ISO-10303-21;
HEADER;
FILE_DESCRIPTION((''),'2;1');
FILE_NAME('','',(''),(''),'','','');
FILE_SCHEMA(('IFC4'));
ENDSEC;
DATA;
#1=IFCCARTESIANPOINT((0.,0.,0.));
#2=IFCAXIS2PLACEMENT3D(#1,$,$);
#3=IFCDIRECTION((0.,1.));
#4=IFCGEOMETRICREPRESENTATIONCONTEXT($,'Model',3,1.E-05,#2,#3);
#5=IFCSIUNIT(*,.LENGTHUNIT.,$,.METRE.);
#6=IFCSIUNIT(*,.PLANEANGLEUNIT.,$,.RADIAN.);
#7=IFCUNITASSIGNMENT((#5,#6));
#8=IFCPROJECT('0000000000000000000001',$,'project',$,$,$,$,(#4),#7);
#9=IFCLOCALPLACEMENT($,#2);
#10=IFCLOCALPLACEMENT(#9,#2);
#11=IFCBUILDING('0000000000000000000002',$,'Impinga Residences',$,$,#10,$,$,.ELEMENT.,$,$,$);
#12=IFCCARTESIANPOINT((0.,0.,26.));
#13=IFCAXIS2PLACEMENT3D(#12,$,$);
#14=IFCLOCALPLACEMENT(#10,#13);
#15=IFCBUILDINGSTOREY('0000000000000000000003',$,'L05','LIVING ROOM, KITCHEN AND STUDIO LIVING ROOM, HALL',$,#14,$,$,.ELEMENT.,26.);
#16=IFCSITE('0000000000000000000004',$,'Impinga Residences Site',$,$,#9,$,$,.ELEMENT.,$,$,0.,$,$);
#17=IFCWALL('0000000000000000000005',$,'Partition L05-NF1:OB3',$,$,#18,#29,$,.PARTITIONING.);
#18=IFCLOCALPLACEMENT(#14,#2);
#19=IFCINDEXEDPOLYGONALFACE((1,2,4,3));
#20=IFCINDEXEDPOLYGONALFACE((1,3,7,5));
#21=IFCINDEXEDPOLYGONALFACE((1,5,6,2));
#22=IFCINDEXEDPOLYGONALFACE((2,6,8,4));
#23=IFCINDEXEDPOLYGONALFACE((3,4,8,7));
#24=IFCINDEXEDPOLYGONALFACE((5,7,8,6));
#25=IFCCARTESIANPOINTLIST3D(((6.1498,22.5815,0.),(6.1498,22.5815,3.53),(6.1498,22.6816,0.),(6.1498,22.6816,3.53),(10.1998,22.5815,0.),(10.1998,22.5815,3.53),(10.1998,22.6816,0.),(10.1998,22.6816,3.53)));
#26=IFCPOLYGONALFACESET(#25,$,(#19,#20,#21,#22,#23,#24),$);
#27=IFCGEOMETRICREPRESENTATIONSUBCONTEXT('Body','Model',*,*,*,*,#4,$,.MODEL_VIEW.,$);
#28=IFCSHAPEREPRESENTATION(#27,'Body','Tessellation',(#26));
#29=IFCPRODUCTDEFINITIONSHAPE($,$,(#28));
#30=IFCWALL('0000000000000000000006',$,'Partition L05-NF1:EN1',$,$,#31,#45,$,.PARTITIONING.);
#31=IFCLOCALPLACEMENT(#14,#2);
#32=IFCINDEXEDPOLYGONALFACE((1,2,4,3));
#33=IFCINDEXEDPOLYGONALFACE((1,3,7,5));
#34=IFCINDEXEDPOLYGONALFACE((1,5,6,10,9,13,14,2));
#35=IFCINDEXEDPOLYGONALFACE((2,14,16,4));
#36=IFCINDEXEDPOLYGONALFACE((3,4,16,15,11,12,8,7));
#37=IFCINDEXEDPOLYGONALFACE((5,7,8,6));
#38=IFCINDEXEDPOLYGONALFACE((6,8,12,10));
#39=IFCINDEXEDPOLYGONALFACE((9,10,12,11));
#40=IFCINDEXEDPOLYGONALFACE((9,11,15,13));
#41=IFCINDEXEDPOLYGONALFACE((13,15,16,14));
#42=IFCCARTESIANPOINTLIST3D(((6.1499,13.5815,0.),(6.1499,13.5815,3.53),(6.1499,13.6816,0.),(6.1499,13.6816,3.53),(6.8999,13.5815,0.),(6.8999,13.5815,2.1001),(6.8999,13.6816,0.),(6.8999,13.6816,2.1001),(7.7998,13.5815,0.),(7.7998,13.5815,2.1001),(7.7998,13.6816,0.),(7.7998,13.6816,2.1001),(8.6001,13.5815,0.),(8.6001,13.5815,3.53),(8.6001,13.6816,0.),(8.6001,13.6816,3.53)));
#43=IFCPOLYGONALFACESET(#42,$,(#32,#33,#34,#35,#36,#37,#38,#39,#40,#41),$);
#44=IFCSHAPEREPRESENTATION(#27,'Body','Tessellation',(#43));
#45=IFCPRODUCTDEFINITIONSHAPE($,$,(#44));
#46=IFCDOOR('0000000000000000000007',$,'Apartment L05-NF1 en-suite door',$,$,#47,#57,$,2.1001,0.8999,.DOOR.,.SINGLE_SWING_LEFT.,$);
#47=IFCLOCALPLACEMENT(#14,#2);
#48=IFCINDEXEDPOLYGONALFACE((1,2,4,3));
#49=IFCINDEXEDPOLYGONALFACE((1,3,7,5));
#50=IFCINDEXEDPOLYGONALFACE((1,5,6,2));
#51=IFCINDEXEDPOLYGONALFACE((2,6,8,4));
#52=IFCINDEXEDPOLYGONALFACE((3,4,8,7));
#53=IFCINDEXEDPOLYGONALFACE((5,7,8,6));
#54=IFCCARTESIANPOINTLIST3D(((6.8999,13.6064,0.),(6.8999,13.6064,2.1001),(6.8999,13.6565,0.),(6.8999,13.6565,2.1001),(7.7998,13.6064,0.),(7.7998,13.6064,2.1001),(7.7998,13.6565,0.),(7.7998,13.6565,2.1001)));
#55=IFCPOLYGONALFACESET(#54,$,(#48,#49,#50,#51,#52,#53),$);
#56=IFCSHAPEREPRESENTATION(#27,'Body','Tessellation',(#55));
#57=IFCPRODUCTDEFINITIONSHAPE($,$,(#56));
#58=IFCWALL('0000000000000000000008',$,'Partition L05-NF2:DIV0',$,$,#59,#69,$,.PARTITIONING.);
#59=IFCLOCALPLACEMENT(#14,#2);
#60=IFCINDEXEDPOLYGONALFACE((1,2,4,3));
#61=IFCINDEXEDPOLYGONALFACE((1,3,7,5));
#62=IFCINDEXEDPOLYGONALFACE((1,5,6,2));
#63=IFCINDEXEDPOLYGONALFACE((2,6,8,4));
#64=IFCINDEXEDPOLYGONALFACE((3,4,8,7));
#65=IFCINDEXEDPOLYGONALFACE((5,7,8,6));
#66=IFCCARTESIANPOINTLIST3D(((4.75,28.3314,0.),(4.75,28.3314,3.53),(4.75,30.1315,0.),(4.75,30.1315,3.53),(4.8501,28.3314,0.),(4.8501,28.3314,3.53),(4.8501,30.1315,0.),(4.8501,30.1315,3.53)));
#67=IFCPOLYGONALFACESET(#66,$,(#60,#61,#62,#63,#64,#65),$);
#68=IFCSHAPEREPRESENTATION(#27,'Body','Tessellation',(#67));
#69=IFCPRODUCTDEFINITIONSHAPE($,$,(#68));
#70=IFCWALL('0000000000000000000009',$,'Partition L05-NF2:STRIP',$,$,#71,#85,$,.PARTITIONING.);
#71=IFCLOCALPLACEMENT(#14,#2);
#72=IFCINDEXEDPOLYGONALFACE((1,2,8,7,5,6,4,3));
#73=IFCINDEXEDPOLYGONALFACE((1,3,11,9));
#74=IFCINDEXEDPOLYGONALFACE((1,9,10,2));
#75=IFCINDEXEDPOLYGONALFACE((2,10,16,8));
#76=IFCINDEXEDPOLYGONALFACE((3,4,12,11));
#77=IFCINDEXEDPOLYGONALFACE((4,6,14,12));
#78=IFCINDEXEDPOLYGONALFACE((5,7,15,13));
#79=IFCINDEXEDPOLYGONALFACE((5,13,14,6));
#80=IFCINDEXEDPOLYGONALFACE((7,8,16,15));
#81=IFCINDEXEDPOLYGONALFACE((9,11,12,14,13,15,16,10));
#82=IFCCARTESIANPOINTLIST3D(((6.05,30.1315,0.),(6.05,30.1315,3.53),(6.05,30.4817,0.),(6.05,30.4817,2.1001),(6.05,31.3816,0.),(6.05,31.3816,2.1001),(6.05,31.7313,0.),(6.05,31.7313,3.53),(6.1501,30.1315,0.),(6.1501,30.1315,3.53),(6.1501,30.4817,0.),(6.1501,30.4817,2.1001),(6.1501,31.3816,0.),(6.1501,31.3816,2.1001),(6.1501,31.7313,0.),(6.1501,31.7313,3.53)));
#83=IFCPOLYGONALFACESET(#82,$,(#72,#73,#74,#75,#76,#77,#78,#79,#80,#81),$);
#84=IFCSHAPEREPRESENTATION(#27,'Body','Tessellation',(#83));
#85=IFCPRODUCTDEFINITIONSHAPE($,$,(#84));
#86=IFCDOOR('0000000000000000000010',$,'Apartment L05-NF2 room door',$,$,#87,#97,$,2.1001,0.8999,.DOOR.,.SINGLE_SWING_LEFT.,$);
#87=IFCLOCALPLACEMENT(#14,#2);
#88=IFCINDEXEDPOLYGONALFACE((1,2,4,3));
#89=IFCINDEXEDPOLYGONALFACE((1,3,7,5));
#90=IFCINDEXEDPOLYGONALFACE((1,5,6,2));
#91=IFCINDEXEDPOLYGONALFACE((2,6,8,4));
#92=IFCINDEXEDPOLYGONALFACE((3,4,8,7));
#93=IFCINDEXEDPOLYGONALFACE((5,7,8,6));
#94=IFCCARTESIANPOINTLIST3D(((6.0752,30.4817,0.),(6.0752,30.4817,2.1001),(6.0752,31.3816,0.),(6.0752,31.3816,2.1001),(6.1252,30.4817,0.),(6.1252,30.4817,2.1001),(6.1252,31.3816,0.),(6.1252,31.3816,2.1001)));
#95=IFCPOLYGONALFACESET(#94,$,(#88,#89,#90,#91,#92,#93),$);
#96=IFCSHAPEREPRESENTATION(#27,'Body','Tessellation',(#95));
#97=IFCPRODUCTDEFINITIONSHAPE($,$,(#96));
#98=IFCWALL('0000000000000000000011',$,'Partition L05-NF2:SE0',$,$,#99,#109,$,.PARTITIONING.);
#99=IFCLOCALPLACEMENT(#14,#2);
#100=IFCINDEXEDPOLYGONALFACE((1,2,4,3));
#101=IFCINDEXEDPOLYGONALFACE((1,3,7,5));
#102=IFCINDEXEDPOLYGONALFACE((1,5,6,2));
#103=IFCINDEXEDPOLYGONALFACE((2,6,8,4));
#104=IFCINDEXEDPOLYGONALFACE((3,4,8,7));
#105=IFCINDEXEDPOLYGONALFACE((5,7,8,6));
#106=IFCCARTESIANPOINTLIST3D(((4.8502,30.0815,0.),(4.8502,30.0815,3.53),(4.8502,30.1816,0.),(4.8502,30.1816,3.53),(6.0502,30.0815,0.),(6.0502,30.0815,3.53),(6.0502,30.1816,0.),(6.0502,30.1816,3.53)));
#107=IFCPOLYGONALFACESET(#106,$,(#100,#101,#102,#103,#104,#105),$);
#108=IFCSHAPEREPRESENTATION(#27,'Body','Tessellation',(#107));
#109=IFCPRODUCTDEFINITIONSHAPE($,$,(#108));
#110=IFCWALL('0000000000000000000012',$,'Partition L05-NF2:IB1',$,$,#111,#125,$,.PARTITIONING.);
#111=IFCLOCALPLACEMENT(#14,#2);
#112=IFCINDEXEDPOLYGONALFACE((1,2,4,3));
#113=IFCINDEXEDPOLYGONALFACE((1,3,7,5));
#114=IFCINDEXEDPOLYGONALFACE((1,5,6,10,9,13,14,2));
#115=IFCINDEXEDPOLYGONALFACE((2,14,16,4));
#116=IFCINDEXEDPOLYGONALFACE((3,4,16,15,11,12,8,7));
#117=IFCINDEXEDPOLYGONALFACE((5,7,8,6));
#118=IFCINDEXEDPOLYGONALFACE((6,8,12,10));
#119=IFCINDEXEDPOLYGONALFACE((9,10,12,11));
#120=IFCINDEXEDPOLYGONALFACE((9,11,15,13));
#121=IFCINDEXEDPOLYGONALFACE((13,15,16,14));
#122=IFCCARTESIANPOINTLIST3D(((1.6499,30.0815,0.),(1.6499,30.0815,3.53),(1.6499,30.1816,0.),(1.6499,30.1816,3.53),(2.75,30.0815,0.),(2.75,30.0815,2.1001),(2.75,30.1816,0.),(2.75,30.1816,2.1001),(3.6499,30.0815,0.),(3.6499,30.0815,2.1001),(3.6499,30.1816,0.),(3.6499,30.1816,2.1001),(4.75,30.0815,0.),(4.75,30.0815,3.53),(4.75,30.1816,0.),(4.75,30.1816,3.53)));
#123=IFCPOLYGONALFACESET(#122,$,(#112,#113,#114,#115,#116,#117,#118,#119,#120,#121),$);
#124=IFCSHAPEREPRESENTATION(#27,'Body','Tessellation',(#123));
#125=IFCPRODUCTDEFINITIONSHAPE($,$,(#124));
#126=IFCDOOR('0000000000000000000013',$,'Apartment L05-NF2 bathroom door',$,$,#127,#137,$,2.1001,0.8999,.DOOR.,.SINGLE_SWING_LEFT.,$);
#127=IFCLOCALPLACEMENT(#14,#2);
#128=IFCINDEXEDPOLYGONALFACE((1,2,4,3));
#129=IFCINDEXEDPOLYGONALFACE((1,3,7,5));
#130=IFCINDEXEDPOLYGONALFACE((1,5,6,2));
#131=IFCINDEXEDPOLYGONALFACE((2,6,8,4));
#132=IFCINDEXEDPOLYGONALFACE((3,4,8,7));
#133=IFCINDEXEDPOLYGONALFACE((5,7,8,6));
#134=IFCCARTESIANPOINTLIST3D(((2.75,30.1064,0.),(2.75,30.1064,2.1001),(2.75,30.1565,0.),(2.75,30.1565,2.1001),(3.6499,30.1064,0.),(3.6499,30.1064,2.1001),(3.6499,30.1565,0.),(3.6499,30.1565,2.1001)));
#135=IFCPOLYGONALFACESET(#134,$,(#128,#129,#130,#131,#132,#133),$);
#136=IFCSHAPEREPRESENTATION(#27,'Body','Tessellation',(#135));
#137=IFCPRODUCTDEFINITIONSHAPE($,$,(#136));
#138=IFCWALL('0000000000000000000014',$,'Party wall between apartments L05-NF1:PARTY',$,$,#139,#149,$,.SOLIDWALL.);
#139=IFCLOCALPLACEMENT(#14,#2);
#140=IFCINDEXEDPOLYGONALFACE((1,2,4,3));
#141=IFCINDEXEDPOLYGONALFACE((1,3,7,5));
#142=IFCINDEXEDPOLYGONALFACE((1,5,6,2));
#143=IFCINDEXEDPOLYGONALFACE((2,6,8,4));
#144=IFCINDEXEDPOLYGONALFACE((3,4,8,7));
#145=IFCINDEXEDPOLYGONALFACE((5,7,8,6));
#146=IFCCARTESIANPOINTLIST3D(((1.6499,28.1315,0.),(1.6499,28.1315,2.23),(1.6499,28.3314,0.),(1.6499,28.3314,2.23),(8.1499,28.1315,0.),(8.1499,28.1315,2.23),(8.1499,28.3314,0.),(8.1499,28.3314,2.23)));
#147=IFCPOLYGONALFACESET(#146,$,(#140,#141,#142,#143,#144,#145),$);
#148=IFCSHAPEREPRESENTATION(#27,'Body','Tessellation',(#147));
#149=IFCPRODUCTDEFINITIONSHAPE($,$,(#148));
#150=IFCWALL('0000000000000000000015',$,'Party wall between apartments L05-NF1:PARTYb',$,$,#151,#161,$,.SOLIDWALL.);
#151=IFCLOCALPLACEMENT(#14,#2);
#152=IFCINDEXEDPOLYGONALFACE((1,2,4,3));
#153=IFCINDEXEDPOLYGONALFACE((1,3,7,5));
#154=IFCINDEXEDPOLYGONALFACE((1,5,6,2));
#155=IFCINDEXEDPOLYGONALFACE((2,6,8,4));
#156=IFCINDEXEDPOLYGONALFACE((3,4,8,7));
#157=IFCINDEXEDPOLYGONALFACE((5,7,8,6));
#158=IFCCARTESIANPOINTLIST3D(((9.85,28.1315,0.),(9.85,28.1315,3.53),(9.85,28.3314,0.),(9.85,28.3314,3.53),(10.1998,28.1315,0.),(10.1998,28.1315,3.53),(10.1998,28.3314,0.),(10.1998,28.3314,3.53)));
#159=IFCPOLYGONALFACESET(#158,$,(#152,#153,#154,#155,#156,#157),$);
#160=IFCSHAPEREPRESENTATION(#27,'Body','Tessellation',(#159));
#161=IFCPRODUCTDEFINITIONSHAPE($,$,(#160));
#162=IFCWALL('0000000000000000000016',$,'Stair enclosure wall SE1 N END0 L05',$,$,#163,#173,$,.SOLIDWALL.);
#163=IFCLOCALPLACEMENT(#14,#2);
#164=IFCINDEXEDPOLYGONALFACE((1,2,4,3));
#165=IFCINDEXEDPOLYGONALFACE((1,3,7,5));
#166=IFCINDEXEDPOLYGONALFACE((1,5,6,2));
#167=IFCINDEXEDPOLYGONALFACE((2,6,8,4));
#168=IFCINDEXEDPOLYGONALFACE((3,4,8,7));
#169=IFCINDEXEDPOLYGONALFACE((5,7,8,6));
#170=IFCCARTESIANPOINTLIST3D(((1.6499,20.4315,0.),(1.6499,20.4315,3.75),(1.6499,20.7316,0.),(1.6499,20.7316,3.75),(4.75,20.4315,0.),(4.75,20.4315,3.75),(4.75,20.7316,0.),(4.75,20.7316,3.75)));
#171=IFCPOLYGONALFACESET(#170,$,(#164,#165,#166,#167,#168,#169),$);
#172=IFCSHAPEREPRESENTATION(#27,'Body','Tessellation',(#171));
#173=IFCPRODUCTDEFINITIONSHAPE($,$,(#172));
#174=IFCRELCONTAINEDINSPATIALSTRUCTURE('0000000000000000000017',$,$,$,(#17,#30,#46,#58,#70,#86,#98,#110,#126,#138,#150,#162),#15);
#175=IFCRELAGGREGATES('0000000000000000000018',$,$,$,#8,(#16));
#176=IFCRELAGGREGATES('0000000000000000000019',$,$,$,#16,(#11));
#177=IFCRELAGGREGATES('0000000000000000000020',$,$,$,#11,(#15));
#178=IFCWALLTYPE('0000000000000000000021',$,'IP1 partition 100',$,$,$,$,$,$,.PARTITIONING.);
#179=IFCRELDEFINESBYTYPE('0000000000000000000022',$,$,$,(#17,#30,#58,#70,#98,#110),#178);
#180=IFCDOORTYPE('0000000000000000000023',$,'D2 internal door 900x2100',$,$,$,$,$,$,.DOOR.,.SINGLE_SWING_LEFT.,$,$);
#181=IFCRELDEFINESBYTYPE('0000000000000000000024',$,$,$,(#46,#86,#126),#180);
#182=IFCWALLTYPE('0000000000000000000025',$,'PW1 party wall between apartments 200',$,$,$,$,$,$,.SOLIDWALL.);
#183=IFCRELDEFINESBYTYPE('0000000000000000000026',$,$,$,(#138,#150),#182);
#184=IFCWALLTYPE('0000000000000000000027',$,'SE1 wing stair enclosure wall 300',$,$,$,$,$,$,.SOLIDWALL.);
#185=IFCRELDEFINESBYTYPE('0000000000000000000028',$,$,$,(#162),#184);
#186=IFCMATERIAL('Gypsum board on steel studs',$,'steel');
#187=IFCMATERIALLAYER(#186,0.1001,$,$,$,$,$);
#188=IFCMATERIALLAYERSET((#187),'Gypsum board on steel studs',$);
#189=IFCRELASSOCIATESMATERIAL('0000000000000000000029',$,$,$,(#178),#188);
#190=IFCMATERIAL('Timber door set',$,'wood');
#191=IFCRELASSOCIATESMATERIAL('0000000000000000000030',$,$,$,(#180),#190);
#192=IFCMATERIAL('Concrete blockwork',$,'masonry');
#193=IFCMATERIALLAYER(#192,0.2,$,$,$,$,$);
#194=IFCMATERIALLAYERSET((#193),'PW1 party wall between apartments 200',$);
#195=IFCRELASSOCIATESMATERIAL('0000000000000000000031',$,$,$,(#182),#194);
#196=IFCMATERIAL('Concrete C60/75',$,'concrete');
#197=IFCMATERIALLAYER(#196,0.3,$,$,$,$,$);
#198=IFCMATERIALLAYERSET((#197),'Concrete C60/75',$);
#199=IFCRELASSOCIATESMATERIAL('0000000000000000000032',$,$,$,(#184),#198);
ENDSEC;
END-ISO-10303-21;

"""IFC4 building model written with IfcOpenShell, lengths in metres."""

from ifc_helpers import new_model, si_unit, direction, frame, frame_2d, origin, place, context, subcontext, project, spatial, rectangle, extrude, material, layer, layer_set, type_object, element, fill, save


model = new_model("IFC4")

# Units and contexts
model_context = context("Model", 3, precision=1e-05, world=origin(), true_north=direction((0.0, 1.0)))
body_context = subcontext(model_context, "Body", "Model", "MODEL_VIEW")
ifc_project = project(units=[si_unit("LENGTHUNIT", "METRE"), si_unit("PLANEANGLEUNIT", "RADIAN")], contexts=[model_context])

# Site, building, storey
site_placement = place(None, origin())
site = spatial("IfcSite", under=ifc_project, at=site_placement, Name="Impinga Residences Site", CompositionType="ELEMENT", RefElevation=0.0)
building_placement = place(site_placement, origin())
building = spatial("IfcBuilding", under=site, at=building_placement, Name="Impinga Residences", CompositionType="ELEMENT")
storey_placement = place(building_placement, frame((0.0, 0.0, 26.0)))
storey = spatial("IfcBuildingStorey", under=building, at=storey_placement, Name="L05", Description="LIVING ROOM, KITCHEN AND STUDIO LIVING ROOM, HALL", CompositionType="ELEMENT", Elevation=26.0)

# Shared definitions
ifc_material_1 = material(Name="Concrete C60/75", Category="concrete")

# Shared definitions
ifc_material_2 = material(Name="Gypsum board on steel studs", Category="steel")
ifc_layer_1 = layer(ifc_material_2, 0.1001)
ifc_layer_set_1 = layer_set([ifc_layer_1], Name="Gypsum board on steel studs")
wall_type_1 = type_object("IfcWallType", Name="IP1 partition 100", PredefinedType="PARTITIONING", material=ifc_layer_set_1)

# Shared definitions
ifc_material_3 = material(Name="Timber door set", Category="wood")
door_type = type_object("IfcDoorType", Name="D2 internal door 900x2100", OperationType="SINGLE_SWING_LEFT", PredefinedType="DOOR", material=ifc_material_3)

# Wall
wall_1_placement = place(storey_placement, frame((6.1499, 22.6316, 0.0), z_axis=(0.0, 0.0, 1.0), x_axis=(1.0, 0.0, 0.0)))
element("IfcWall", 1, at=wall_1_placement, inside=storey, type_object=wall_type_1, Name="Partition L05-NF1:OB3", PredefinedType="PARTITIONING", context=body_context, shape_type="SweptSolid", body=[
    extrude(rectangle(XDim=4.05, YDim=0.1001, at=frame_2d((2.0249, 0.0))), origin(), (0.0, 0.0, 1.0), 3.53),
])

# Wall, opening, door
wall_2_placement = place(storey_placement, frame((6.1499, 13.6316, 0.0), z_axis=(0.0, 0.0, 1.0), x_axis=(1.0, 0.0, 0.0)))
wall_2 = element("IfcWall", 2, at=wall_2_placement, inside=storey, type_object=wall_type_1, Name="Partition L05-NF1:EN1", PredefinedType="PARTITIONING", context=body_context, shape_type="SweptSolid", body=[
    extrude(rectangle(XDim=2.4502, YDim=0.1001, at=frame_2d((1.2251, 0.0))), origin(), (0.0, 0.0, 1.0), 3.53),
])
opening_1_placement = place(wall_2_placement, frame((0.75, 0.0, 0.0)))
opening_1 = element("IfcOpeningElement", 3, at=opening_1_placement, cuts=wall_2, PredefinedType="OPENING", context=body_context, shape_type="SweptSolid", body=[
    extrude(rectangle(XDim=0.8999, YDim=2.1001, at=frame_2d((0.45, 1.05))), frame((0.0, 0.0601, 0.0), z_axis=(0.0, -1.0, 0.0), x_axis=(1.0, 0.0, 0.0)), (0.0, 0.0, 1.0), 0.1201),
])
door_1_placement = place(opening_1_placement, origin())
door_1 = element("IfcDoor", 4, at=door_1_placement, inside=storey, type_object=door_type, Name="Apartment L05-NF1 en-suite door", OperationType="SINGLE_SWING_LEFT", OverallHeight=2.1001, OverallWidth=0.8999, PredefinedType="DOOR", context=body_context, shape_type="SweptSolid", body=[
    extrude(rectangle(XDim=0.8999, YDim=2.1001, at=frame_2d((0.45, 1.05))), frame((0.0, 0.0249, 0.0), z_axis=(0.0, -1.0, 0.0), x_axis=(1.0, 0.0, 0.0)), (0.0, 0.0, 1.0), 0.05),
])
fill(opening_1, door_1)

# Wall
wall_3_placement = place(storey_placement, frame((4.8, 28.3315, 0.0), z_axis=(0.0, 0.0, 1.0), x_axis=(0.0, 1.0, 0.0)))
element("IfcWall", 5, at=wall_3_placement, inside=storey, type_object=wall_type_1, Name="Partition L05-NF2:DIV0", PredefinedType="PARTITIONING", context=body_context, shape_type="SweptSolid", body=[
    extrude(rectangle(XDim=1.8, YDim=0.1001, at=frame_2d((0.8999, 0.0))), origin(), (0.0, 0.0, 1.0), 3.53),
])

# Wall, opening, door
wall_4_placement = place(storey_placement, frame((6.1001, 30.1316, 0.0), z_axis=(0.0, 0.0, 1.0), x_axis=(0.0, 1.0, 0.0)))
wall_4 = element("IfcWall", 6, at=wall_4_placement, inside=storey, type_object=wall_type_1, Name="Partition L05-NF2:STRIP", PredefinedType="PARTITIONING", context=body_context, shape_type="SweptSolid", body=[
    extrude(rectangle(XDim=1.5999, YDim=0.1001, at=frame_2d((0.7998, 0.0))), origin(), (0.0, 0.0, 1.0), 3.53),
])
opening_2_placement = place(wall_4_placement, frame((0.3501, 0.0, 0.0)))
opening_2 = element("IfcOpeningElement", 7, at=opening_2_placement, cuts=wall_4, PredefinedType="OPENING", context=body_context, shape_type="SweptSolid", body=[
    extrude(rectangle(XDim=0.8999, YDim=2.1001, at=frame_2d((0.45, 1.05))), frame((0.0, 0.0601, 0.0), z_axis=(0.0, -1.0, 0.0), x_axis=(1.0, 0.0, 0.0)), (0.0, 0.0, 1.0), 0.1201),
])
door_2_placement = place(opening_2_placement, origin())
door_2 = element("IfcDoor", 8, at=door_2_placement, inside=storey, type_object=door_type, Name="Apartment L05-NF2 room door", OperationType="SINGLE_SWING_LEFT", OverallHeight=2.1001, OverallWidth=0.8999, PredefinedType="DOOR", context=body_context, shape_type="SweptSolid", body=[
    extrude(rectangle(XDim=0.8999, YDim=2.1001, at=frame_2d((0.45, 1.05))), frame((0.0, 0.0249, 0.0), z_axis=(0.0, -1.0, 0.0), x_axis=(1.0, 0.0, 0.0)), (0.0, 0.0, 1.0), 0.05),
])
fill(opening_2, door_2)

# Wall
wall_5_placement = place(storey_placement, frame((4.8501, 30.1316, 0.0), z_axis=(0.0, 0.0, 1.0), x_axis=(1.0, 0.0, 0.0)))
element("IfcWall", 9, at=wall_5_placement, inside=storey, type_object=wall_type_1, Name="Partition L05-NF2:SE0", PredefinedType="PARTITIONING", context=body_context, shape_type="SweptSolid", body=[
    extrude(rectangle(XDim=1.2, YDim=0.1001, at=frame_2d((0.6001, 0.0))), origin(), (0.0, 0.0, 1.0), 3.53),
])

# Wall, opening, door
wall_6_placement = place(storey_placement, frame((1.6499, 30.1316, 0.0), z_axis=(0.0, 0.0, 1.0), x_axis=(1.0, 0.0, 0.0)))
wall_6 = element("IfcWall", 10, at=wall_6_placement, inside=storey, type_object=wall_type_1, Name="Partition L05-NF2:IB1", PredefinedType="PARTITIONING", context=body_context, shape_type="SweptSolid", body=[
    extrude(rectangle(XDim=3.1001, YDim=0.1001, at=frame_2d((1.55, 0.0))), origin(), (0.0, 0.0, 1.0), 3.53),
])
opening_3_placement = place(wall_6_placement, frame((1.1001, 0.0, 0.0)))
opening_3 = element("IfcOpeningElement", 11, at=opening_3_placement, cuts=wall_6, PredefinedType="OPENING", context=body_context, shape_type="SweptSolid", body=[
    extrude(rectangle(XDim=0.8999, YDim=2.1001, at=frame_2d((0.45, 1.05))), frame((0.0, 0.0601, 0.0), z_axis=(0.0, -1.0, 0.0), x_axis=(1.0, 0.0, 0.0)), (0.0, 0.0, 1.0), 0.1201),
])
door_3_placement = place(opening_3_placement, origin())
door_3 = element("IfcDoor", 12, at=door_3_placement, inside=storey, type_object=door_type, Name="Apartment L05-NF2 bathroom door", OperationType="SINGLE_SWING_LEFT", OverallHeight=2.1001, OverallWidth=0.8999, PredefinedType="DOOR", context=body_context, shape_type="SweptSolid", body=[
    extrude(rectangle(XDim=0.8999, YDim=2.1001, at=frame_2d((0.45, 1.05))), frame((0.0, 0.0249, 0.0), z_axis=(0.0, -1.0, 0.0), x_axis=(1.0, 0.0, 0.0)), (0.0, 0.0, 1.0), 0.05),
])
fill(opening_3, door_3)

# Walls
ifc_material_4 = material(Name="Concrete blockwork", Category="masonry")
ifc_layer_2 = layer(ifc_material_4, 0.2)
ifc_layer_set_2 = layer_set([ifc_layer_2], Name="PW1 party wall between apartments 200")
wall_type_2 = type_object("IfcWallType", Name="PW1 party wall between apartments 200", PredefinedType="SOLIDWALL", material=ifc_layer_set_2)
wall_7_placement = place(storey_placement, frame((1.6499, 28.2314, 0.0), z_axis=(0.0, 0.0, 1.0), x_axis=(1.0, 0.0, 0.0)))
element("IfcWall", 13, at=wall_7_placement, inside=storey, type_object=wall_type_2, Name="Party wall between apartments L05-NF1:PARTY", PredefinedType="SOLIDWALL", context=body_context, shape_type="SweptSolid", body=[
    extrude(rectangle(XDim=6.5, YDim=0.2, at=frame_2d((3.25, 0.0))), origin(), (0.0, 0.0, 1.0), 2.23),
])
wall_8_placement = place(storey_placement, frame((9.8501, 28.2314, 0.0), z_axis=(0.0, 0.0, 1.0), x_axis=(1.0, 0.0, 0.0)))
element("IfcWall", 14, at=wall_8_placement, inside=storey, type_object=wall_type_2, Name="Party wall between apartments L05-NF1:PARTYb", PredefinedType="SOLIDWALL", context=body_context, shape_type="SweptSolid", body=[
    extrude(rectangle(XDim=0.3499, YDim=0.2, at=frame_2d((0.1748, 0.0))), origin(), (0.0, 0.0, 1.0), 3.53),
])
ifc_layer_3 = layer(ifc_material_1, 0.3)
ifc_layer_set_3 = layer_set([ifc_layer_3], Name="Concrete C60/75")
wall_type_3 = type_object("IfcWallType", Name="SE1 wing stair enclosure wall 300", PredefinedType="SOLIDWALL", material=ifc_layer_set_3)
for number, where, z_axis, x_axis, name in (
    (15, (1.6499, 20.5815, 0.0), (0.0, 0.0, 1.0), (1.0, 0.0, 0.0), "Stair enclosure wall SE1 N END0 L05"),
):
    element("IfcWall", number, at=place(storey_placement, frame(where, z_axis=z_axis, x_axis=x_axis)), inside=storey, type_object=wall_type_3, Name=name, PredefinedType="SOLIDWALL", context=body_context, shape_type="SweptSolid", body=[
        extrude(rectangle(XDim=3.1001, YDim=0.3, at=frame_2d((1.55, 0.0))), origin(), (0.0, 0.0, 1.0), 3.75),
    ])

save(model, "model.ifc")
